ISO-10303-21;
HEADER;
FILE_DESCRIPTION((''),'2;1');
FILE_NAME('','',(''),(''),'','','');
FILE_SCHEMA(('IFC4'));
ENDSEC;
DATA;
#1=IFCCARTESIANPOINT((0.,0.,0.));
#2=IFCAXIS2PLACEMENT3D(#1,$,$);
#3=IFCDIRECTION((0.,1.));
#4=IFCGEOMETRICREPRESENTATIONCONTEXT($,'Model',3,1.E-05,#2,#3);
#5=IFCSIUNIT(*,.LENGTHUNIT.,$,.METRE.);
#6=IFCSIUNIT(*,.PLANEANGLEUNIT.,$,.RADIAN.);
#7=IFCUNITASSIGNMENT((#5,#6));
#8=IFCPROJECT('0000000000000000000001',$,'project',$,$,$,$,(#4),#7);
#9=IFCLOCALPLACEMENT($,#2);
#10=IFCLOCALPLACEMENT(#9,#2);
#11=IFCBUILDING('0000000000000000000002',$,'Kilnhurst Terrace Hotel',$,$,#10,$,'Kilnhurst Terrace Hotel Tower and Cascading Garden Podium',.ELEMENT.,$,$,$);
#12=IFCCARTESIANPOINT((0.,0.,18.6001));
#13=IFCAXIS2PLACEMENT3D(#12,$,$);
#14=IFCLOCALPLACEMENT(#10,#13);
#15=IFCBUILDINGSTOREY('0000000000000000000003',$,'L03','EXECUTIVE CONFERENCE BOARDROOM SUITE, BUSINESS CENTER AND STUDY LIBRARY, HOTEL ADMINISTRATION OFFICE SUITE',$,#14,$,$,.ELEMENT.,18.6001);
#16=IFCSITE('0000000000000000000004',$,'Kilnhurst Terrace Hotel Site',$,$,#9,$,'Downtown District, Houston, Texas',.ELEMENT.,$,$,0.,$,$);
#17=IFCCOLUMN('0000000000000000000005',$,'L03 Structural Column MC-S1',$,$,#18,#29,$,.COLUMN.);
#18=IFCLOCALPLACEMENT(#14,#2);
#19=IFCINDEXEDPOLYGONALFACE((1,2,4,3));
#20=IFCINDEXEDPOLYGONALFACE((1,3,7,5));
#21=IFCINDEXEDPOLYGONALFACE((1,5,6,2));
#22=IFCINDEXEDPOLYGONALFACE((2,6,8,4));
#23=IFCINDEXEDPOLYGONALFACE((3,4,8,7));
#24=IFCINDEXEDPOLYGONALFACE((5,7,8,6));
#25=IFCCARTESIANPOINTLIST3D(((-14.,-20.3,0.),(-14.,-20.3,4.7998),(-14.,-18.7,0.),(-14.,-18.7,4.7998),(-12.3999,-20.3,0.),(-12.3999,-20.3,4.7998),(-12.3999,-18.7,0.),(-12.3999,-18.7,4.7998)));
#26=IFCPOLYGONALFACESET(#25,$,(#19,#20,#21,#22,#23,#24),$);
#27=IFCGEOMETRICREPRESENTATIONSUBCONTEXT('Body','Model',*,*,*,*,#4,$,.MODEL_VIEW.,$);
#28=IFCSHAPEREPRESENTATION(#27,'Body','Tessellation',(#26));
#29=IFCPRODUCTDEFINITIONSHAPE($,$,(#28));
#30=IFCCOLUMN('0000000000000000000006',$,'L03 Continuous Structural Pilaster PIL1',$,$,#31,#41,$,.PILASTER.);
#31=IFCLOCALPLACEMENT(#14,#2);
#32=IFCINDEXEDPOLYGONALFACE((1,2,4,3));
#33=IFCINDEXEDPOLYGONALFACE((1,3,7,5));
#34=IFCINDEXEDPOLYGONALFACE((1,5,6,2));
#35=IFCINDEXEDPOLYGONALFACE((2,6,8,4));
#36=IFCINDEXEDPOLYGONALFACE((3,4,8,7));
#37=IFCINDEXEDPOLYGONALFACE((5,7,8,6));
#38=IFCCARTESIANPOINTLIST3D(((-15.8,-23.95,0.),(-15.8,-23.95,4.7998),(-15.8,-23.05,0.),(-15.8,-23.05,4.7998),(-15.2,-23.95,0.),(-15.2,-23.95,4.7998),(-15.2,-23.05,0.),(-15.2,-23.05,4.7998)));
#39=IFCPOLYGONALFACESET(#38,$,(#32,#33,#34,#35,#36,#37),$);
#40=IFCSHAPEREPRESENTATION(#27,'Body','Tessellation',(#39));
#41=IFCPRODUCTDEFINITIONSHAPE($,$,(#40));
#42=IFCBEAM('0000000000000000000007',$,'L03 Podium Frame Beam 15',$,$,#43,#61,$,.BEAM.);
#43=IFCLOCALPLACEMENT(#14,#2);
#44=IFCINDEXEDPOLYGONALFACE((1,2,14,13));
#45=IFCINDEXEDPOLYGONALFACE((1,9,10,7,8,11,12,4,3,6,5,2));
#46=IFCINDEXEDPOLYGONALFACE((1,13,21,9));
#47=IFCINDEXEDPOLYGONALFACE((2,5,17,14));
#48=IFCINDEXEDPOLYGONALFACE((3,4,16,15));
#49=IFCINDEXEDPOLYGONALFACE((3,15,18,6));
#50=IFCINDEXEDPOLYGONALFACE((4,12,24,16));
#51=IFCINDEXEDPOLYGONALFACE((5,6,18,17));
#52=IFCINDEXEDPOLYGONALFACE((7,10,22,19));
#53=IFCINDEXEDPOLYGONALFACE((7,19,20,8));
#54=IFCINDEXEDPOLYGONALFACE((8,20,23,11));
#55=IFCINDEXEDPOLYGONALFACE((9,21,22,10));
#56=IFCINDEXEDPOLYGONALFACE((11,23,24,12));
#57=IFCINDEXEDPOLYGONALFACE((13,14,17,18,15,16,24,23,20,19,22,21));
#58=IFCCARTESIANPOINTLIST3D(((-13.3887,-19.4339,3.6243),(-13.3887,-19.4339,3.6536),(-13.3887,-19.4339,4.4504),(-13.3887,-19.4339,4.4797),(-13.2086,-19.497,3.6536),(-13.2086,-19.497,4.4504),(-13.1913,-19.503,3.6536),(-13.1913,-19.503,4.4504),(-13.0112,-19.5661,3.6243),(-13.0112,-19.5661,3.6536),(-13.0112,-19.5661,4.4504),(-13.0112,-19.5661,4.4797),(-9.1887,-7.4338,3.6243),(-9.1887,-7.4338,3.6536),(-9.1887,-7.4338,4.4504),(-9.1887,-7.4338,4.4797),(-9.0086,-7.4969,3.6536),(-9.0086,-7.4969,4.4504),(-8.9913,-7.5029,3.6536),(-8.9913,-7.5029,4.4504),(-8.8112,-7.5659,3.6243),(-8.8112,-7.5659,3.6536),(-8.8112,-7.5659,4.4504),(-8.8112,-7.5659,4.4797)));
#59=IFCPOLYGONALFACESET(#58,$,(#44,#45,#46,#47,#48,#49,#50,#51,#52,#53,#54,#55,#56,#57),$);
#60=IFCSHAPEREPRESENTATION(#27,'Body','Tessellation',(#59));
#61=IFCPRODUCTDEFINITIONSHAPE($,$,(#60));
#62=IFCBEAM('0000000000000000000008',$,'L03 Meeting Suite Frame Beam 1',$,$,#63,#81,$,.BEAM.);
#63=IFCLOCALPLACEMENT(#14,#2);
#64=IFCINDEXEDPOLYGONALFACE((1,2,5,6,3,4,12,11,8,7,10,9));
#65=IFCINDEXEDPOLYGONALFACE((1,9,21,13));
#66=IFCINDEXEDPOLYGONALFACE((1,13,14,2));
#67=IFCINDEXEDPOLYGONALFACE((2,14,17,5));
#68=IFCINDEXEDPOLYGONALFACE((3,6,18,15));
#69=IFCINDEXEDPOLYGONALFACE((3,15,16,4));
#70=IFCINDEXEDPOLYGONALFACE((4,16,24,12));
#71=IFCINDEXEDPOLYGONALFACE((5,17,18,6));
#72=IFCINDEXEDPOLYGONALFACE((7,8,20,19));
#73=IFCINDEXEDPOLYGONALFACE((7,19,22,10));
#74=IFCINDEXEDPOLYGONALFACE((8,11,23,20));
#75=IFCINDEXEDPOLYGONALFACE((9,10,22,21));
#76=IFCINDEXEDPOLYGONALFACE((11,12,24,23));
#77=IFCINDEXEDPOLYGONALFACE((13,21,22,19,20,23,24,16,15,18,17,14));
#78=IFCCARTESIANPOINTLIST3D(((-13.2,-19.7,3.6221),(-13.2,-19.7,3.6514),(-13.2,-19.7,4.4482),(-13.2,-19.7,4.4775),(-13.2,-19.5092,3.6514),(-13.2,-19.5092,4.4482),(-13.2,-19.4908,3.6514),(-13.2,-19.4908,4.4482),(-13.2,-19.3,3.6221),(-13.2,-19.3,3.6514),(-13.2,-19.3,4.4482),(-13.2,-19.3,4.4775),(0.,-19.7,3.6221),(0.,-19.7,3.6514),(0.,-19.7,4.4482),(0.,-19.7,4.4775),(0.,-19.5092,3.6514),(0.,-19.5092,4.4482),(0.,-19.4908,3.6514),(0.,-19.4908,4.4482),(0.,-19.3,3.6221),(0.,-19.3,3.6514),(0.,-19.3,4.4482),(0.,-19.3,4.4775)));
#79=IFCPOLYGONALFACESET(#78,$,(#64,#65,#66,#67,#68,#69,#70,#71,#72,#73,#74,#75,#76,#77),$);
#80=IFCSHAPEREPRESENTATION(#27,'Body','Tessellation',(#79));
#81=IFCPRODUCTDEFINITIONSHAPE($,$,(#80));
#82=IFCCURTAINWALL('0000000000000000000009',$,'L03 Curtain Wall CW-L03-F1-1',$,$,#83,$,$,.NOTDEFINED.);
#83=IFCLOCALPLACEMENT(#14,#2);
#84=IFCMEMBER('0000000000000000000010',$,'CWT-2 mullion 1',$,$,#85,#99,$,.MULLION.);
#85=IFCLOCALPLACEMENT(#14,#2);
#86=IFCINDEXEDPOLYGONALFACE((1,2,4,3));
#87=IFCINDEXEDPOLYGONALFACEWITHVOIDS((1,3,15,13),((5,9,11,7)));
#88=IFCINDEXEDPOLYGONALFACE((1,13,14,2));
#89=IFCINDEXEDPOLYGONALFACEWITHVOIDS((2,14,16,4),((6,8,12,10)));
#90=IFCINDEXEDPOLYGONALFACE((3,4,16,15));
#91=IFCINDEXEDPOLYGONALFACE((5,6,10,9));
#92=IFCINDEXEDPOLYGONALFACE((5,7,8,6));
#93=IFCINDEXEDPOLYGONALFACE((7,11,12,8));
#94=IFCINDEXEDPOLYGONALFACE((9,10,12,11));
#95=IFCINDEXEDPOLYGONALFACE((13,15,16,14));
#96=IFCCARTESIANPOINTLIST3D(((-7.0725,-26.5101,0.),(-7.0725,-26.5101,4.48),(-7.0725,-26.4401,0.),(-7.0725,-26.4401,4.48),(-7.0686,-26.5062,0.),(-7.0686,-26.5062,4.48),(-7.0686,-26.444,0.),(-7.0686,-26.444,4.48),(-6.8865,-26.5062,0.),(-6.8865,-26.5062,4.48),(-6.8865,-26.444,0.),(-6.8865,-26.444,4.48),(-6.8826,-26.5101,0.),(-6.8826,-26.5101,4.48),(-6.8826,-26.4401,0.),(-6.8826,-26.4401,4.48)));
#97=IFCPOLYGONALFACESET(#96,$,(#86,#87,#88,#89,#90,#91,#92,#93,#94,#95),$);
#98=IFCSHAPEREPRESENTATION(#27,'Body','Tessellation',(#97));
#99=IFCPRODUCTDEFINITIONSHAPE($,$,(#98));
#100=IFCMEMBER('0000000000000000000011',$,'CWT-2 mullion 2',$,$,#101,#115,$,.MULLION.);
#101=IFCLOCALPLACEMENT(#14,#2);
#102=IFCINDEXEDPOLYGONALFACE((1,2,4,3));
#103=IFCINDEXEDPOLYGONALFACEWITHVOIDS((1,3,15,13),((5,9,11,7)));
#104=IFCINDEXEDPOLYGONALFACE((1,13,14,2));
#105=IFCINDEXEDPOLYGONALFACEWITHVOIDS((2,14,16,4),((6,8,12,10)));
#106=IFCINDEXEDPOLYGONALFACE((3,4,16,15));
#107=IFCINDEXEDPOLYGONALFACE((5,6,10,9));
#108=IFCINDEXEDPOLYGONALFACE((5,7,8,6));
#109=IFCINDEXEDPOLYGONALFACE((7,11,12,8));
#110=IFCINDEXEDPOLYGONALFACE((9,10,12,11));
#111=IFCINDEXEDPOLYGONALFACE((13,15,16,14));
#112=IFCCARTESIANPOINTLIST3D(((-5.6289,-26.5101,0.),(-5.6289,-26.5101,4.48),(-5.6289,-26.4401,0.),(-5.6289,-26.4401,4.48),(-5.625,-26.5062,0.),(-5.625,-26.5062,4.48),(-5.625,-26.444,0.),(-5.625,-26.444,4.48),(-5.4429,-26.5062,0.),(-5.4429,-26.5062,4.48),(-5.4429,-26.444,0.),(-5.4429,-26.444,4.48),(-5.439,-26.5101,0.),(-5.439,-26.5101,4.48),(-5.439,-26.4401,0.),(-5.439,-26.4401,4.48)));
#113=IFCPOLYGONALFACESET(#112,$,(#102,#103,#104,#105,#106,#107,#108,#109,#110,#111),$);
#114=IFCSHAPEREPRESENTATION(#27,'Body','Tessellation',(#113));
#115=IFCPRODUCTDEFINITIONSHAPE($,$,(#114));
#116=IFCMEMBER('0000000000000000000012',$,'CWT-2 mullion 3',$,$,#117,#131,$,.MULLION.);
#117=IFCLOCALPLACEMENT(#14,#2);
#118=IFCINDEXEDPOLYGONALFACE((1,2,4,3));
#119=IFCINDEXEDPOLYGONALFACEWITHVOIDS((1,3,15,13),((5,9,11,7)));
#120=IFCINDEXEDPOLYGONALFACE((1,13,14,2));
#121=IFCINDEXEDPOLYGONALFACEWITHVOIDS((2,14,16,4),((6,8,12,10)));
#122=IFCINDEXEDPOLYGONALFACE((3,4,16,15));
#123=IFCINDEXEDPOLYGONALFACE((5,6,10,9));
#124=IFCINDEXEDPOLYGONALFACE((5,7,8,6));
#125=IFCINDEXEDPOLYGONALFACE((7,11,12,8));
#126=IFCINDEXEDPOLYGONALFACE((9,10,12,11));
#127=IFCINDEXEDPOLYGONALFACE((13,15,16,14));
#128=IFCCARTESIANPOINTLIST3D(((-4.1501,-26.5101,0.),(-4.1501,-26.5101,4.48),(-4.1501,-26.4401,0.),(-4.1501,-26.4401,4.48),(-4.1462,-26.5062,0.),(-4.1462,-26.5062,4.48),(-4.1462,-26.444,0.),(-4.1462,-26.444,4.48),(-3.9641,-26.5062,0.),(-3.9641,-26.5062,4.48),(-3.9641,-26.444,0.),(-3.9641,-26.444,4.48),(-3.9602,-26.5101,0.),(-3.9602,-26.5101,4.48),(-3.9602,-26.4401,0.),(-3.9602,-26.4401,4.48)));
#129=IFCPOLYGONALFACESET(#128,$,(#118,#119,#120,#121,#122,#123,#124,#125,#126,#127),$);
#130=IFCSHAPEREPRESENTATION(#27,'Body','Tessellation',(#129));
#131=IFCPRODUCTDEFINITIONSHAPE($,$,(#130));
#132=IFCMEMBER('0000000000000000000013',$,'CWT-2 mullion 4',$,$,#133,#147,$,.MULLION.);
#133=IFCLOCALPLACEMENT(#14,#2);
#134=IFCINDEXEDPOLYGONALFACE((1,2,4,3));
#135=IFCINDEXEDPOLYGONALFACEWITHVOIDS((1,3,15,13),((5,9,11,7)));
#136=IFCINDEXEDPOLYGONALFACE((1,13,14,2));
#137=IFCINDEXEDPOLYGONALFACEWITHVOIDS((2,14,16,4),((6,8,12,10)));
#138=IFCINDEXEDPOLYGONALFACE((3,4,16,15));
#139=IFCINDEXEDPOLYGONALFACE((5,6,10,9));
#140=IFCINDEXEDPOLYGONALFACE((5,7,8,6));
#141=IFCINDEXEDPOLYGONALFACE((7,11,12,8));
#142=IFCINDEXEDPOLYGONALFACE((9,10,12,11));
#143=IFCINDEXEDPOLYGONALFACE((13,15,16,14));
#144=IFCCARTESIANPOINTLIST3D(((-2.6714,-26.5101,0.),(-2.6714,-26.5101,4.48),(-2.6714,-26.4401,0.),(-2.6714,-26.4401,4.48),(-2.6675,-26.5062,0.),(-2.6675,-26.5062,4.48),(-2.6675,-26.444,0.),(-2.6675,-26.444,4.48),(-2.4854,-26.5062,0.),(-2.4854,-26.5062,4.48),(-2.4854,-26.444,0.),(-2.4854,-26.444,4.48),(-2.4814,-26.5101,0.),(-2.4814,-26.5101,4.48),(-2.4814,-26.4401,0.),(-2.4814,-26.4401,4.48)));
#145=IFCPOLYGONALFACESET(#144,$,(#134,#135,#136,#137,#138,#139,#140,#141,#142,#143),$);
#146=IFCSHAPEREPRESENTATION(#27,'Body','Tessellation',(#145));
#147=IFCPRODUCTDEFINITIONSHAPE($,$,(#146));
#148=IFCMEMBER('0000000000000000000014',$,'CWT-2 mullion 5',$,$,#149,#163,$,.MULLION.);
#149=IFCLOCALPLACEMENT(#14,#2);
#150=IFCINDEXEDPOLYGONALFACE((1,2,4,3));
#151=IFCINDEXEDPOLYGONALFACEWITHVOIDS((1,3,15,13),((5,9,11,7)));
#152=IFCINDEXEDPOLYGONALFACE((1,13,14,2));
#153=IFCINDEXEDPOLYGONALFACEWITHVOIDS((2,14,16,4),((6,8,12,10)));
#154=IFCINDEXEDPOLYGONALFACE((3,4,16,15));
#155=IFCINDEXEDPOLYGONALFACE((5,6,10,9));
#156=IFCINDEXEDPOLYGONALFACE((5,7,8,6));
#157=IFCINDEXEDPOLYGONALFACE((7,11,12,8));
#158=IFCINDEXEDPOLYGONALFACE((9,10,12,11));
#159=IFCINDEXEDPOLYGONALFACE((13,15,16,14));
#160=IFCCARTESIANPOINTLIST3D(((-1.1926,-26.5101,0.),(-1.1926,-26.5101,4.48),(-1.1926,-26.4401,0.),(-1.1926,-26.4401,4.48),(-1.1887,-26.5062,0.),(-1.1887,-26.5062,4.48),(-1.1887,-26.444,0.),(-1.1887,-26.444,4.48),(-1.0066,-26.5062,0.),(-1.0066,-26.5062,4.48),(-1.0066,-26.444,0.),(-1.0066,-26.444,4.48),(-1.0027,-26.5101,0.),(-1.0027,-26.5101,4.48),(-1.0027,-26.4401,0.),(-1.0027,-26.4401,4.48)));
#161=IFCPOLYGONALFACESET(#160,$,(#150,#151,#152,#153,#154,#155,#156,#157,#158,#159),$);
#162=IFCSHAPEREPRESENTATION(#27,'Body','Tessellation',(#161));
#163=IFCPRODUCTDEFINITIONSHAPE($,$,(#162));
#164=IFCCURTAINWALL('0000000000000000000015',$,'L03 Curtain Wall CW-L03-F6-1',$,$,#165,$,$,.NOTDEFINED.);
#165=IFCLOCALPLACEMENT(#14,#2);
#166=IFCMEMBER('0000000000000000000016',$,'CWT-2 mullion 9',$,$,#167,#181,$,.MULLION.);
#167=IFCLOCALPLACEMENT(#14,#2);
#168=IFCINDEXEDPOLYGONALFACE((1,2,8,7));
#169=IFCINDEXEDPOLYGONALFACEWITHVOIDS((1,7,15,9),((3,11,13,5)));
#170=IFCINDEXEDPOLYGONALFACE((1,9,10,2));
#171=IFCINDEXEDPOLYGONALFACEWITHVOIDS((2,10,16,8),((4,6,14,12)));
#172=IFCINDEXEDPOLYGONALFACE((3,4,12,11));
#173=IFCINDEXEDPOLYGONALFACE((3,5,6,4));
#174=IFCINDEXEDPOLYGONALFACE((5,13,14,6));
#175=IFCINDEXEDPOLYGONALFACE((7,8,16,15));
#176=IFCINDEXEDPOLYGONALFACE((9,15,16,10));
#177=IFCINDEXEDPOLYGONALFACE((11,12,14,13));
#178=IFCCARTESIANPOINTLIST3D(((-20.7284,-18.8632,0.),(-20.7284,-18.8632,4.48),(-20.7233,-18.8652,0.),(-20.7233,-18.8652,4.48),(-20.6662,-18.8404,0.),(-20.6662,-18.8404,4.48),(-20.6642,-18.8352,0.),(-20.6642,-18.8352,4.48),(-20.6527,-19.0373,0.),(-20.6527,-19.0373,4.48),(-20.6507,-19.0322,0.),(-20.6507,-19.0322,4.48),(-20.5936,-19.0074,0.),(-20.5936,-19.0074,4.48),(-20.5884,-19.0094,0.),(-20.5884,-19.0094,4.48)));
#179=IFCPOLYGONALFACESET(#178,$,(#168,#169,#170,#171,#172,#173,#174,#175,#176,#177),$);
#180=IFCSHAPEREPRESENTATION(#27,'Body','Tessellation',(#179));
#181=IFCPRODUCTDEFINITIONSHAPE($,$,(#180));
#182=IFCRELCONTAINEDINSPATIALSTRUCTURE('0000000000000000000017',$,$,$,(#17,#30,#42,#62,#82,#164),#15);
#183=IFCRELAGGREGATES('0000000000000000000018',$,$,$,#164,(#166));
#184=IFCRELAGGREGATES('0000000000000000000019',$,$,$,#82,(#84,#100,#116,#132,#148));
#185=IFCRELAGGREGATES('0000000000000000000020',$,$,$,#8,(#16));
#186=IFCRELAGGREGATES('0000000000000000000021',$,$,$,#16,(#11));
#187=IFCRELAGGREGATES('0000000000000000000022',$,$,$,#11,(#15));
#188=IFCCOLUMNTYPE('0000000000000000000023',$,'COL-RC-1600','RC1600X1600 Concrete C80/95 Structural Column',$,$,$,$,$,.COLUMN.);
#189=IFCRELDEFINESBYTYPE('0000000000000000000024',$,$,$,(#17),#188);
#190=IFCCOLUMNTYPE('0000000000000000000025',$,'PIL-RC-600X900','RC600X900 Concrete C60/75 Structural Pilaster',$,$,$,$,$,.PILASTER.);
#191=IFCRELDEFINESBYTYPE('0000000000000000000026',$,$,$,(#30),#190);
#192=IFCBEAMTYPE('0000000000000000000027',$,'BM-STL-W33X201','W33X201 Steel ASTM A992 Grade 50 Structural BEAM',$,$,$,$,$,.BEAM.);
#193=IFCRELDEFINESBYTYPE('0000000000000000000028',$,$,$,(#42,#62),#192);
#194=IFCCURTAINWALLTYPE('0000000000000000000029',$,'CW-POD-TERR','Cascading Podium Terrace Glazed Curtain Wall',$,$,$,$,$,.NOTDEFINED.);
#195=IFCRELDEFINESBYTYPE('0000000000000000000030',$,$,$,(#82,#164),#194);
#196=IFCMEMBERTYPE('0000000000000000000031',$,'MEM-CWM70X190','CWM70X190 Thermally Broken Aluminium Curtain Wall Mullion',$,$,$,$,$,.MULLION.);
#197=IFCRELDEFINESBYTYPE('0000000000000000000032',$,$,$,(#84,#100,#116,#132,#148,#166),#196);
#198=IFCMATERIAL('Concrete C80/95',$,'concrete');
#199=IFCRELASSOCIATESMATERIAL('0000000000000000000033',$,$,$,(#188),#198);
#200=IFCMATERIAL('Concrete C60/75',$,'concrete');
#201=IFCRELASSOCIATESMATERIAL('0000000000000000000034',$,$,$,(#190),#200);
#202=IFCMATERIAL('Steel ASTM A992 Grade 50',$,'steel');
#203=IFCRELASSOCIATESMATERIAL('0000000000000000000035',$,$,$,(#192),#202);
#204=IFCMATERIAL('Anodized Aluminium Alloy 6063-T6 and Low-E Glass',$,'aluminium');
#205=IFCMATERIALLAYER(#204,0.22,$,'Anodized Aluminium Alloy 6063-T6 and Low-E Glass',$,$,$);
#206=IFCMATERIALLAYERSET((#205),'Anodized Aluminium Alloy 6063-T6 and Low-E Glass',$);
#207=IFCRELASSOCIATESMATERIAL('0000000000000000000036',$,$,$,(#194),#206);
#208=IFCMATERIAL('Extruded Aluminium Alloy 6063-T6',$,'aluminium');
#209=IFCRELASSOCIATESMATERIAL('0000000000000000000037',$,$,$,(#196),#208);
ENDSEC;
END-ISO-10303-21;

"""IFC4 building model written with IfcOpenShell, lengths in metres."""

from ifc_helpers import new_model, si_unit, direction, frame, origin, origin_2d, place, context, subcontext, project, spatial, rectangle, hollow_rectangle, i_section, extrude, material, layer, layer_set, material_profile, profile_set, type_object, element, aggregate, save


model = new_model("IFC4")

# Units and contexts
model_context = context("Model", 3, precision=1e-05, world=origin(), true_north=direction((0.0, 1.0)))
body_context = subcontext(model_context, "Body", "Model", "MODEL_VIEW")
ifc_project = project(units=[si_unit("LENGTHUNIT", "METRE"), si_unit("PLANEANGLEUNIT", "RADIAN")], contexts=[model_context])

# Site, building, storey
site_placement = place(None, origin())
site = spatial("IfcSite", under=ifc_project, at=site_placement, Name="Kilnhurst Terrace Hotel Site", LongName="Downtown District, Houston, Texas", CompositionType="ELEMENT", RefElevation=0.0)
building_placement = place(site_placement, origin())
building = spatial("IfcBuilding", under=site, at=building_placement, Name="Kilnhurst Terrace Hotel", LongName="Kilnhurst Terrace Hotel Tower and Cascading Garden Podium", CompositionType="ELEMENT")
storey_placement = place(building_placement, frame((0.0, 0.0, 18.6001)))
storey = spatial("IfcBuildingStorey", under=building, at=storey_placement, Name="L03", Description="EXECUTIVE CONFERENCE BOARDROOM SUITE, BUSINESS CENTER AND STUDY LIBRARY, HOTEL ADMINISTRATION OFFICE SUITE", CompositionType="ELEMENT", Elevation=18.6001)

# Columns
ifc_material_1 = material(Name="Concrete C80/95", Category="concrete")
ifc_material_profile_1 = material_profile(ifc_material_1, rectangle(XDim=1.6001, YDim=1.6001, at=origin_2d()), Name="RC1600X1600")
ifc_profile_set_1 = profile_set([ifc_material_profile_1], Name="Concrete C80/95")
column_type_1 = type_object("IfcColumnType", Name="COL-RC-1600", Description="RC1600X1600 Concrete C80/95 Structural Column", PredefinedType="COLUMN", material=ifc_profile_set_1)
column_1_placement = place(storey_placement, frame((-13.2, -19.5, 0.0), z_axis=(0.0, 0.0, 1.0), x_axis=(1.0, 0.0, 0.0)))
element("IfcColumn", 1, at=column_1_placement, inside=storey, type_object=column_type_1, Name="L03 Structural Column MC-S1", PredefinedType="COLUMN", context=body_context, shape_type="SweptSolid", body=[
    extrude(rectangle(XDim=1.6001, YDim=1.6001, at=origin_2d()), origin(), (0.0, 0.0, 1.0), 4.7998),
])
ifc_material_2 = material(Name="Concrete C60/75", Category="concrete")
ifc_material_profile_2 = material_profile(ifc_material_2, rectangle(XDim=0.6001, YDim=0.8999, at=origin_2d()), Name="RC600X900")
ifc_profile_set_2 = profile_set([ifc_material_profile_2], Name="Concrete C60/75")
column_type_2 = type_object("IfcColumnType", Name="PIL-RC-600X900", Description="RC600X900 Concrete C60/75 Structural Pilaster", PredefinedType="PILASTER", material=ifc_profile_set_2)
column_2_placement = place(storey_placement, frame((-15.5, -23.5, 0.0), z_axis=(0.0, 0.0, 1.0), x_axis=(1.0, 0.0, 0.0)))
element("IfcColumn", 2, at=column_2_placement, inside=storey, type_object=column_type_2, Name="L03 Continuous Structural Pilaster PIL1", PredefinedType="PILASTER", context=body_context, shape_type="SweptSolid", body=[
    extrude(rectangle(XDim=0.6001, YDim=0.8999, at=origin_2d()), origin(), (0.0, 0.0, 1.0), 4.7998),
])

# Beams
ifc_material_3 = material(Name="Steel ASTM A992 Grade 50", Category="steel")
ifc_material_profile_3 = material_profile(ifc_material_3, i_section(OverallWidth=0.3999, OverallDepth=0.8555, WebThickness=0.0183, FlangeThickness=0.0293, at=origin_2d()), Name="W33X201")
ifc_profile_set_3 = profile_set([ifc_material_profile_3], Name="Steel ASTM A992 Grade 50")
beam_type = type_object("IfcBeamType", Name="BM-STL-W33X201", Description="W33X201 Steel ASTM A992 Grade 50 Structural BEAM", PredefinedType="BEAM", material=ifc_profile_set_3)
beam_1_placement = place(storey_placement, frame((-13.2, -19.5, 4.052), z_axis=(0.330347, 0.94386, 0.0), x_axis=(-0.94386, 0.330347, 0.0)))
element("IfcBeam", 3, at=beam_1_placement, inside=storey, type_object=beam_type, Name="L03 Podium Frame Beam 15", PredefinedType="BEAM", context=body_context, shape_type="SweptSolid", body=[
    extrude(i_section(OverallWidth=0.3999, OverallDepth=0.8555, WebThickness=0.0183, FlangeThickness=0.0293, at=origin_2d()), origin(), (0.0, 0.0, 1.0), 12.7139),
])
beam_2_placement = place(storey_placement, frame((-13.2, -19.5, 4.0498), z_axis=(1.0, 0.0, 0.0), x_axis=(0.0, 1.0, 0.0)))
element("IfcBeam", 4, at=beam_2_placement, inside=storey, type_object=beam_type, Name="L03 Meeting Suite Frame Beam 1", PredefinedType="BEAM", context=body_context, shape_type="SweptSolid", body=[
    extrude(i_section(OverallWidth=0.3999, OverallDepth=0.8555, WebThickness=0.0183, FlangeThickness=0.0293, at=origin_2d()), origin(), (0.0, 0.0, 1.0), 13.2),
])

# Curtain wall, members
ifc_material_4 = material(Name="Anodized Aluminium Alloy 6063-T6 and Low-E Glass", Category="aluminium")
ifc_layer_1 = layer(ifc_material_4, 0.22, Name="Anodized Aluminium Alloy 6063-T6 and Low-E Glass")
ifc_layer_set_1 = layer_set([ifc_layer_1], Name="Anodized Aluminium Alloy 6063-T6 and Low-E Glass")
curtain_wall_type = type_object("IfcCurtainWallType", Name="CW-POD-TERR", Description="Cascading Podium Terrace Glazed Curtain Wall", PredefinedType="NOTDEFINED", material=ifc_layer_set_1)
curtain_wall_1_placement = place(storey_placement, origin())
curtain_wall_1 = element("IfcCurtainWall", 5, at=curtain_wall_1_placement, inside=storey, type_object=curtain_wall_type, Name="L03 Curtain Wall CW-L03-F1-1", PredefinedType="NOTDEFINED")
ifc_material_5 = material(Name="Extruded Aluminium Alloy 6063-T6", Category="aluminium")
ifc_material_profile_4 = material_profile(ifc_material_5, hollow_rectangle(XDim=0.0701, YDim=0.1899, WallThickness=0.0039, at=origin_2d()), Name="CWM70X190")
ifc_profile_set_4 = profile_set([ifc_material_profile_4], Name="Extruded Aluminium Alloy 6063-T6")
member_type_1 = type_object("IfcMemberType", Name="MEM-CWM70X190", Description="CWM70X190 Thermally Broken Aluminium Curtain Wall Mullion", PredefinedType="MULLION", material=ifc_profile_set_4)
member_1_placement = place(storey_placement, frame((-6.9775, -26.4751, 0.0), z_axis=(0.0, 0.0, 1.0), x_axis=(0.0, 1.0, 0.0)))
member_1 = element("IfcMember", 6, at=member_1_placement, type_object=member_type_1, Name="CWT-2 mullion 1", PredefinedType="MULLION", context=body_context, shape_type="SweptSolid", body=[
    extrude(hollow_rectangle(XDim=0.0701, YDim=0.1899, WallThickness=0.0039, at=origin_2d()), origin(), (0.0, 0.0, 1.0), 4.48),
])
member_2_placement = place(storey_placement, frame((-5.5339, -26.4751, 0.0), z_axis=(0.0, 0.0, 1.0), x_axis=(0.0, 1.0, 0.0)))
member_2 = element("IfcMember", 7, at=member_2_placement, type_object=member_type_1, Name="CWT-2 mullion 2", PredefinedType="MULLION", context=body_context, shape_type="SweptSolid", body=[
    extrude(hollow_rectangle(XDim=0.0701, YDim=0.1899, WallThickness=0.0039, at=origin_2d()), origin(), (0.0, 0.0, 1.0), 4.48),
])
member_3_placement = place(storey_placement, frame((-4.0552, -26.4751, 0.0), z_axis=(0.0, 0.0, 1.0), x_axis=(0.0, 1.0, 0.0)))
member_3 = element("IfcMember", 8, at=member_3_placement, type_object=member_type_1, Name="CWT-2 mullion 3", PredefinedType="MULLION", context=body_context, shape_type="SweptSolid", body=[
    extrude(hollow_rectangle(XDim=0.0701, YDim=0.1899, WallThickness=0.0039, at=origin_2d()), origin(), (0.0, 0.0, 1.0), 4.48),
])
member_4_placement = place(storey_placement, frame((-2.5764, -26.4751, 0.0), z_axis=(0.0, 0.0, 1.0), x_axis=(0.0, 1.0, 0.0)))
member_4 = element("IfcMember", 9, at=member_4_placement, type_object=member_type_1, Name="CWT-2 mullion 4", PredefinedType="MULLION", context=body_context, shape_type="SweptSolid", body=[
    extrude(hollow_rectangle(XDim=0.0701, YDim=0.1899, WallThickness=0.0039, at=origin_2d()), origin(), (0.0, 0.0, 1.0), 4.48),
])
member_5_placement = place(storey_placement, frame((-1.0977, -26.4751, 0.0), z_axis=(0.0, 0.0, 1.0), x_axis=(0.0, 1.0, 0.0)))
member_5 = element("IfcMember", 10, at=member_5_placement, type_object=member_type_1, Name="CWT-2 mullion 5", PredefinedType="MULLION", context=body_context, shape_type="SweptSolid", body=[
    extrude(hollow_rectangle(XDim=0.0701, YDim=0.1899, WallThickness=0.0039, at=origin_2d()), origin(), (0.0, 0.0, 1.0), 4.48),
])

# Curtain wall, member
curtain_wall_2_placement = place(storey_placement, origin())
curtain_wall_2 = element("IfcCurtainWall", 11, at=curtain_wall_2_placement, inside=storey, type_object=curtain_wall_type, Name="L03 Curtain Wall CW-L03-F6-1", PredefinedType="NOTDEFINED")
member_6_placement = place(storey_placement, frame((-20.6584, -18.9363, 0.0), z_axis=(0.0, 0.0, 1.0), x_axis=(0.917042, 0.398791, 0.0)))
member_6 = element("IfcMember", 12, at=member_6_placement, type_object=member_type_1, Name="CWT-2 mullion 9", PredefinedType="MULLION", context=body_context, shape_type="SweptSolid", body=[
    extrude(hollow_rectangle(XDim=0.0701, YDim=0.1899, WallThickness=0.0039, at=origin_2d()), origin(), (0.0, 0.0, 1.0), 4.48),
])
aggregate(curtain_wall_2, [member_6])

aggregate(curtain_wall_1, [member_1, member_2, member_3, member_4, member_5])

save(model, "model.ifc")
